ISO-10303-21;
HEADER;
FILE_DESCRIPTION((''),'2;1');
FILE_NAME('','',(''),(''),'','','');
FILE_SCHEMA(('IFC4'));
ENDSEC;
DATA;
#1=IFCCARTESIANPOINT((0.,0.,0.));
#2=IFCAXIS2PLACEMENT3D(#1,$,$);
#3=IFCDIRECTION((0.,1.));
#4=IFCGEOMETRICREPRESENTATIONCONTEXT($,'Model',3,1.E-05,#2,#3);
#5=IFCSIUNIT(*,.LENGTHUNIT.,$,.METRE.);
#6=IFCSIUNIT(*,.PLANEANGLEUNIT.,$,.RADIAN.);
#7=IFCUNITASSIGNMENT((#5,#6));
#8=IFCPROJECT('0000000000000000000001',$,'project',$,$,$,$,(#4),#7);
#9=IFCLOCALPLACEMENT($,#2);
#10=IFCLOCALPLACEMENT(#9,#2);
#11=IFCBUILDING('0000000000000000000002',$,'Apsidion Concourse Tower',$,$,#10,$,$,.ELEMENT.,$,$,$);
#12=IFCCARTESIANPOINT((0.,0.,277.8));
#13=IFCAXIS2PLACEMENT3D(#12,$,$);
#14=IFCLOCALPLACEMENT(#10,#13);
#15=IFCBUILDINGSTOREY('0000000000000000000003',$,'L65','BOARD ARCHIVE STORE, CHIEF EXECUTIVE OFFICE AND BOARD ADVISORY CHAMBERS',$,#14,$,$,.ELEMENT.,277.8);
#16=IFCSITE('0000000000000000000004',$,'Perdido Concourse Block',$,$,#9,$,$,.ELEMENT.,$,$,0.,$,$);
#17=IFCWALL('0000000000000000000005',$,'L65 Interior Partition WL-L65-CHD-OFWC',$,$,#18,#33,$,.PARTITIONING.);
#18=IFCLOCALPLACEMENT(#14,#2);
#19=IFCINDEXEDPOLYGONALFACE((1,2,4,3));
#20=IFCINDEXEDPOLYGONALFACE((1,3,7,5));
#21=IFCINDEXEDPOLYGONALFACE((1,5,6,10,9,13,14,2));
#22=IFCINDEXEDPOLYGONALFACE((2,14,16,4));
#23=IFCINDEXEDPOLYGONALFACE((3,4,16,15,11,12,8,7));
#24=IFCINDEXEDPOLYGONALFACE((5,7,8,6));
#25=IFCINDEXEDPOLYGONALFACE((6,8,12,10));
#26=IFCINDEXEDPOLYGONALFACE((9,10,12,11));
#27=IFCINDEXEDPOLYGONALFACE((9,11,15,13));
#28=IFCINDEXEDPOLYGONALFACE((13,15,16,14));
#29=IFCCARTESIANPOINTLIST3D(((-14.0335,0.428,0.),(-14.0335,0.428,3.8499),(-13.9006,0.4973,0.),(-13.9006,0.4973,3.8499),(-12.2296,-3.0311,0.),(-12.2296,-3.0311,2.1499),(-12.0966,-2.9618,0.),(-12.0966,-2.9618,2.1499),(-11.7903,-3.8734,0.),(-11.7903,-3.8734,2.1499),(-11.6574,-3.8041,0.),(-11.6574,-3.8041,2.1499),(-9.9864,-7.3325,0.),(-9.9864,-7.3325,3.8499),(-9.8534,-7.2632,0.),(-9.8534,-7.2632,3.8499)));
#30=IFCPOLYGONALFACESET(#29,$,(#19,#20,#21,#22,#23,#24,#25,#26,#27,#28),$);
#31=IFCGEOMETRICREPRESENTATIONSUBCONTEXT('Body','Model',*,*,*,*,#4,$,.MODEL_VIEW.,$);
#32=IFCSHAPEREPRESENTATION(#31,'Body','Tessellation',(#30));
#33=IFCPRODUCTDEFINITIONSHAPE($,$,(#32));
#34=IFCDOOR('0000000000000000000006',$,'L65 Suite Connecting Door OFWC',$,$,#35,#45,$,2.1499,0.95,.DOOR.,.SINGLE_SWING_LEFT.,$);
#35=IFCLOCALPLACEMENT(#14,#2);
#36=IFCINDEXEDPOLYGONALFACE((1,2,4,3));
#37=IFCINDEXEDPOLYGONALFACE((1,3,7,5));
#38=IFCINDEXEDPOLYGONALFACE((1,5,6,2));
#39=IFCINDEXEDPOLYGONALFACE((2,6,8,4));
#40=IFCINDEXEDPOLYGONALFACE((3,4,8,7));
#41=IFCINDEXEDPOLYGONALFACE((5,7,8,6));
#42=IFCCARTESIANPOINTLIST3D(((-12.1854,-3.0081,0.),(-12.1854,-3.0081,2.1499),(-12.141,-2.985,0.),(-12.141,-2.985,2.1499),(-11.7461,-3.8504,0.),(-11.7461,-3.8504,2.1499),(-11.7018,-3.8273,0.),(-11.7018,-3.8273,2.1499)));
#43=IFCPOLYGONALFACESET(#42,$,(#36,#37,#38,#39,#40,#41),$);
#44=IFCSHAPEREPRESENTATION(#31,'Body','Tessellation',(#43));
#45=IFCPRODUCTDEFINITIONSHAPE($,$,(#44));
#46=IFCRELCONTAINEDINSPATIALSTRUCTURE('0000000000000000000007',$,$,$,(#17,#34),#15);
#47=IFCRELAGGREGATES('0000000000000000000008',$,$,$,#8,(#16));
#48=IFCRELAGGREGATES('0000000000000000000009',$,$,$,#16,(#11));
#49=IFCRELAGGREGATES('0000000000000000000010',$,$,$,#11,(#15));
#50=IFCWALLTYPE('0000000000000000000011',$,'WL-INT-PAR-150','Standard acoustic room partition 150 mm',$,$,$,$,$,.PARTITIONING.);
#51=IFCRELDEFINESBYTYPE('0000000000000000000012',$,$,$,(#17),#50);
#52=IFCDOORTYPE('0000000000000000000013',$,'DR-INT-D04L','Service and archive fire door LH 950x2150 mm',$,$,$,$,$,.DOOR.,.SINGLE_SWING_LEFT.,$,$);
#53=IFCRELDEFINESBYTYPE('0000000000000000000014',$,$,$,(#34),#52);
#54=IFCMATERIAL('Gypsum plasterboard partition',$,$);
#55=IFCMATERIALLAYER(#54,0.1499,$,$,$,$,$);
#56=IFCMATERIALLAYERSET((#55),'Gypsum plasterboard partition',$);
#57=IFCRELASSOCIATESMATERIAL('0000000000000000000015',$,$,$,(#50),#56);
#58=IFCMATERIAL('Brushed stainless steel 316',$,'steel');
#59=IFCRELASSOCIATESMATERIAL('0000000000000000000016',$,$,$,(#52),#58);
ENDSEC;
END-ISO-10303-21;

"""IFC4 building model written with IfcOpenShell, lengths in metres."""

from ifc_helpers import new_model, si_unit, direction, frame, frame_2d, origin, place, context, subcontext, project, spatial, rectangle, extrude, material, layer, layer_set, type_object, element, fill, save


model = new_model("IFC4")

# Units and contexts
model_context = context("Model", 3, precision=1e-05, world=origin(), true_north=direction((0.0, 1.0)))
body_context = subcontext(model_context, "Body", "Model", "MODEL_VIEW")
ifc_project = project(units=[si_unit("LENGTHUNIT", "METRE"), si_unit("PLANEANGLEUNIT", "RADIAN")], contexts=[model_context])

# Site, building, storey
site_placement = place(None, origin())
site = spatial("IfcSite", under=ifc_project, at=site_placement, Name="Perdido Concourse Block", CompositionType="ELEMENT", RefElevation=0.0)
building_placement = place(site_placement, origin())
building = spatial("IfcBuilding", under=site, at=building_placement, Name="Apsidion Concourse Tower", CompositionType="ELEMENT")
storey_placement = place(building_placement, frame((0.0, 0.0, 277.8)))
storey = spatial("IfcBuildingStorey", under=building, at=storey_placement, Name="L65", Description="BOARD ARCHIVE STORE, CHIEF EXECUTIVE OFFICE AND BOARD ADVISORY CHAMBERS", CompositionType="ELEMENT", Elevation=277.8)

# Shared definitions
ifc_material_1 = material(Name="Gypsum plasterboard partition")
ifc_layer_1 = layer(ifc_material_1, 0.1499)
ifc_layer_set_1 = layer_set([ifc_layer_1], Name="Gypsum plasterboard partition")
wall_type_1 = type_object("IfcWallType", Name="WL-INT-PAR-150", Description="Standard acoustic room partition 150 mm", PredefinedType="PARTITIONING", material=ifc_layer_set_1)

# Wall, opening, door
wall_1_placement = place(storey_placement, frame((-13.967, 0.4626, 0.0), z_axis=(0.0, 0.0, 1.0), x_axis=(0.462401, -0.886671, 0.0)))
wall_1 = element("IfcWall", 1, at=wall_1_placement, inside=storey, type_object=wall_type_1, Name="L65 Interior Partition WL-L65-CHD-OFWC", PredefinedType="PARTITIONING", context=body_context, shape_type="SweptSolid", body=[
    extrude(rectangle(XDim=8.7524, YDim=0.1499, at=frame_2d((4.3762, 0.0))), origin(), (0.0, 0.0, 1.0), 3.8499),
])
opening_1_placement = place(wall_1_placement, frame((3.9011, 0.0, 0.0)))
opening_1 = element("IfcOpeningElement", 2, at=opening_1_placement, cuts=wall_1, PredefinedType="OPENING", context=body_context, shape_type="SweptSolid", body=[
    extrude(rectangle(XDim=0.95, YDim=2.1499, at=frame_2d((0.4751, 1.075))), frame((0.0, 0.085, 0.0), z_axis=(0.0, -1.0, 0.0), x_axis=(1.0, 0.0, 0.0)), (0.0, 0.0, 1.0), 0.1699),
])
ifc_material_2 = material(Name="Brushed stainless steel 316", Category="steel")
door_type_1 = type_object("IfcDoorType", Name="DR-INT-D04L", Description="Service and archive fire door LH 950x2150 mm", OperationType="SINGLE_SWING_LEFT", PredefinedType="DOOR", material=ifc_material_2)
door_1_placement = place(opening_1_placement, origin())
door_1 = element("IfcDoor", 3, at=door_1_placement, inside=storey, type_object=door_type_1, Name="L65 Suite Connecting Door OFWC", OperationType="SINGLE_SWING_LEFT", OverallHeight=2.1499, OverallWidth=0.95, PredefinedType="DOOR", context=body_context, shape_type="SweptSolid", body=[
    extrude(rectangle(XDim=0.95, YDim=2.1499, at=frame_2d((0.4751, 1.075))), frame((0.0, 0.0249, 0.0), z_axis=(0.0, -1.0, 0.0), x_axis=(1.0, 0.0, 0.0)), (0.0, 0.0, 1.0), 0.05),
])
fill(opening_1, door_1)

save(model, "model.ifc")
